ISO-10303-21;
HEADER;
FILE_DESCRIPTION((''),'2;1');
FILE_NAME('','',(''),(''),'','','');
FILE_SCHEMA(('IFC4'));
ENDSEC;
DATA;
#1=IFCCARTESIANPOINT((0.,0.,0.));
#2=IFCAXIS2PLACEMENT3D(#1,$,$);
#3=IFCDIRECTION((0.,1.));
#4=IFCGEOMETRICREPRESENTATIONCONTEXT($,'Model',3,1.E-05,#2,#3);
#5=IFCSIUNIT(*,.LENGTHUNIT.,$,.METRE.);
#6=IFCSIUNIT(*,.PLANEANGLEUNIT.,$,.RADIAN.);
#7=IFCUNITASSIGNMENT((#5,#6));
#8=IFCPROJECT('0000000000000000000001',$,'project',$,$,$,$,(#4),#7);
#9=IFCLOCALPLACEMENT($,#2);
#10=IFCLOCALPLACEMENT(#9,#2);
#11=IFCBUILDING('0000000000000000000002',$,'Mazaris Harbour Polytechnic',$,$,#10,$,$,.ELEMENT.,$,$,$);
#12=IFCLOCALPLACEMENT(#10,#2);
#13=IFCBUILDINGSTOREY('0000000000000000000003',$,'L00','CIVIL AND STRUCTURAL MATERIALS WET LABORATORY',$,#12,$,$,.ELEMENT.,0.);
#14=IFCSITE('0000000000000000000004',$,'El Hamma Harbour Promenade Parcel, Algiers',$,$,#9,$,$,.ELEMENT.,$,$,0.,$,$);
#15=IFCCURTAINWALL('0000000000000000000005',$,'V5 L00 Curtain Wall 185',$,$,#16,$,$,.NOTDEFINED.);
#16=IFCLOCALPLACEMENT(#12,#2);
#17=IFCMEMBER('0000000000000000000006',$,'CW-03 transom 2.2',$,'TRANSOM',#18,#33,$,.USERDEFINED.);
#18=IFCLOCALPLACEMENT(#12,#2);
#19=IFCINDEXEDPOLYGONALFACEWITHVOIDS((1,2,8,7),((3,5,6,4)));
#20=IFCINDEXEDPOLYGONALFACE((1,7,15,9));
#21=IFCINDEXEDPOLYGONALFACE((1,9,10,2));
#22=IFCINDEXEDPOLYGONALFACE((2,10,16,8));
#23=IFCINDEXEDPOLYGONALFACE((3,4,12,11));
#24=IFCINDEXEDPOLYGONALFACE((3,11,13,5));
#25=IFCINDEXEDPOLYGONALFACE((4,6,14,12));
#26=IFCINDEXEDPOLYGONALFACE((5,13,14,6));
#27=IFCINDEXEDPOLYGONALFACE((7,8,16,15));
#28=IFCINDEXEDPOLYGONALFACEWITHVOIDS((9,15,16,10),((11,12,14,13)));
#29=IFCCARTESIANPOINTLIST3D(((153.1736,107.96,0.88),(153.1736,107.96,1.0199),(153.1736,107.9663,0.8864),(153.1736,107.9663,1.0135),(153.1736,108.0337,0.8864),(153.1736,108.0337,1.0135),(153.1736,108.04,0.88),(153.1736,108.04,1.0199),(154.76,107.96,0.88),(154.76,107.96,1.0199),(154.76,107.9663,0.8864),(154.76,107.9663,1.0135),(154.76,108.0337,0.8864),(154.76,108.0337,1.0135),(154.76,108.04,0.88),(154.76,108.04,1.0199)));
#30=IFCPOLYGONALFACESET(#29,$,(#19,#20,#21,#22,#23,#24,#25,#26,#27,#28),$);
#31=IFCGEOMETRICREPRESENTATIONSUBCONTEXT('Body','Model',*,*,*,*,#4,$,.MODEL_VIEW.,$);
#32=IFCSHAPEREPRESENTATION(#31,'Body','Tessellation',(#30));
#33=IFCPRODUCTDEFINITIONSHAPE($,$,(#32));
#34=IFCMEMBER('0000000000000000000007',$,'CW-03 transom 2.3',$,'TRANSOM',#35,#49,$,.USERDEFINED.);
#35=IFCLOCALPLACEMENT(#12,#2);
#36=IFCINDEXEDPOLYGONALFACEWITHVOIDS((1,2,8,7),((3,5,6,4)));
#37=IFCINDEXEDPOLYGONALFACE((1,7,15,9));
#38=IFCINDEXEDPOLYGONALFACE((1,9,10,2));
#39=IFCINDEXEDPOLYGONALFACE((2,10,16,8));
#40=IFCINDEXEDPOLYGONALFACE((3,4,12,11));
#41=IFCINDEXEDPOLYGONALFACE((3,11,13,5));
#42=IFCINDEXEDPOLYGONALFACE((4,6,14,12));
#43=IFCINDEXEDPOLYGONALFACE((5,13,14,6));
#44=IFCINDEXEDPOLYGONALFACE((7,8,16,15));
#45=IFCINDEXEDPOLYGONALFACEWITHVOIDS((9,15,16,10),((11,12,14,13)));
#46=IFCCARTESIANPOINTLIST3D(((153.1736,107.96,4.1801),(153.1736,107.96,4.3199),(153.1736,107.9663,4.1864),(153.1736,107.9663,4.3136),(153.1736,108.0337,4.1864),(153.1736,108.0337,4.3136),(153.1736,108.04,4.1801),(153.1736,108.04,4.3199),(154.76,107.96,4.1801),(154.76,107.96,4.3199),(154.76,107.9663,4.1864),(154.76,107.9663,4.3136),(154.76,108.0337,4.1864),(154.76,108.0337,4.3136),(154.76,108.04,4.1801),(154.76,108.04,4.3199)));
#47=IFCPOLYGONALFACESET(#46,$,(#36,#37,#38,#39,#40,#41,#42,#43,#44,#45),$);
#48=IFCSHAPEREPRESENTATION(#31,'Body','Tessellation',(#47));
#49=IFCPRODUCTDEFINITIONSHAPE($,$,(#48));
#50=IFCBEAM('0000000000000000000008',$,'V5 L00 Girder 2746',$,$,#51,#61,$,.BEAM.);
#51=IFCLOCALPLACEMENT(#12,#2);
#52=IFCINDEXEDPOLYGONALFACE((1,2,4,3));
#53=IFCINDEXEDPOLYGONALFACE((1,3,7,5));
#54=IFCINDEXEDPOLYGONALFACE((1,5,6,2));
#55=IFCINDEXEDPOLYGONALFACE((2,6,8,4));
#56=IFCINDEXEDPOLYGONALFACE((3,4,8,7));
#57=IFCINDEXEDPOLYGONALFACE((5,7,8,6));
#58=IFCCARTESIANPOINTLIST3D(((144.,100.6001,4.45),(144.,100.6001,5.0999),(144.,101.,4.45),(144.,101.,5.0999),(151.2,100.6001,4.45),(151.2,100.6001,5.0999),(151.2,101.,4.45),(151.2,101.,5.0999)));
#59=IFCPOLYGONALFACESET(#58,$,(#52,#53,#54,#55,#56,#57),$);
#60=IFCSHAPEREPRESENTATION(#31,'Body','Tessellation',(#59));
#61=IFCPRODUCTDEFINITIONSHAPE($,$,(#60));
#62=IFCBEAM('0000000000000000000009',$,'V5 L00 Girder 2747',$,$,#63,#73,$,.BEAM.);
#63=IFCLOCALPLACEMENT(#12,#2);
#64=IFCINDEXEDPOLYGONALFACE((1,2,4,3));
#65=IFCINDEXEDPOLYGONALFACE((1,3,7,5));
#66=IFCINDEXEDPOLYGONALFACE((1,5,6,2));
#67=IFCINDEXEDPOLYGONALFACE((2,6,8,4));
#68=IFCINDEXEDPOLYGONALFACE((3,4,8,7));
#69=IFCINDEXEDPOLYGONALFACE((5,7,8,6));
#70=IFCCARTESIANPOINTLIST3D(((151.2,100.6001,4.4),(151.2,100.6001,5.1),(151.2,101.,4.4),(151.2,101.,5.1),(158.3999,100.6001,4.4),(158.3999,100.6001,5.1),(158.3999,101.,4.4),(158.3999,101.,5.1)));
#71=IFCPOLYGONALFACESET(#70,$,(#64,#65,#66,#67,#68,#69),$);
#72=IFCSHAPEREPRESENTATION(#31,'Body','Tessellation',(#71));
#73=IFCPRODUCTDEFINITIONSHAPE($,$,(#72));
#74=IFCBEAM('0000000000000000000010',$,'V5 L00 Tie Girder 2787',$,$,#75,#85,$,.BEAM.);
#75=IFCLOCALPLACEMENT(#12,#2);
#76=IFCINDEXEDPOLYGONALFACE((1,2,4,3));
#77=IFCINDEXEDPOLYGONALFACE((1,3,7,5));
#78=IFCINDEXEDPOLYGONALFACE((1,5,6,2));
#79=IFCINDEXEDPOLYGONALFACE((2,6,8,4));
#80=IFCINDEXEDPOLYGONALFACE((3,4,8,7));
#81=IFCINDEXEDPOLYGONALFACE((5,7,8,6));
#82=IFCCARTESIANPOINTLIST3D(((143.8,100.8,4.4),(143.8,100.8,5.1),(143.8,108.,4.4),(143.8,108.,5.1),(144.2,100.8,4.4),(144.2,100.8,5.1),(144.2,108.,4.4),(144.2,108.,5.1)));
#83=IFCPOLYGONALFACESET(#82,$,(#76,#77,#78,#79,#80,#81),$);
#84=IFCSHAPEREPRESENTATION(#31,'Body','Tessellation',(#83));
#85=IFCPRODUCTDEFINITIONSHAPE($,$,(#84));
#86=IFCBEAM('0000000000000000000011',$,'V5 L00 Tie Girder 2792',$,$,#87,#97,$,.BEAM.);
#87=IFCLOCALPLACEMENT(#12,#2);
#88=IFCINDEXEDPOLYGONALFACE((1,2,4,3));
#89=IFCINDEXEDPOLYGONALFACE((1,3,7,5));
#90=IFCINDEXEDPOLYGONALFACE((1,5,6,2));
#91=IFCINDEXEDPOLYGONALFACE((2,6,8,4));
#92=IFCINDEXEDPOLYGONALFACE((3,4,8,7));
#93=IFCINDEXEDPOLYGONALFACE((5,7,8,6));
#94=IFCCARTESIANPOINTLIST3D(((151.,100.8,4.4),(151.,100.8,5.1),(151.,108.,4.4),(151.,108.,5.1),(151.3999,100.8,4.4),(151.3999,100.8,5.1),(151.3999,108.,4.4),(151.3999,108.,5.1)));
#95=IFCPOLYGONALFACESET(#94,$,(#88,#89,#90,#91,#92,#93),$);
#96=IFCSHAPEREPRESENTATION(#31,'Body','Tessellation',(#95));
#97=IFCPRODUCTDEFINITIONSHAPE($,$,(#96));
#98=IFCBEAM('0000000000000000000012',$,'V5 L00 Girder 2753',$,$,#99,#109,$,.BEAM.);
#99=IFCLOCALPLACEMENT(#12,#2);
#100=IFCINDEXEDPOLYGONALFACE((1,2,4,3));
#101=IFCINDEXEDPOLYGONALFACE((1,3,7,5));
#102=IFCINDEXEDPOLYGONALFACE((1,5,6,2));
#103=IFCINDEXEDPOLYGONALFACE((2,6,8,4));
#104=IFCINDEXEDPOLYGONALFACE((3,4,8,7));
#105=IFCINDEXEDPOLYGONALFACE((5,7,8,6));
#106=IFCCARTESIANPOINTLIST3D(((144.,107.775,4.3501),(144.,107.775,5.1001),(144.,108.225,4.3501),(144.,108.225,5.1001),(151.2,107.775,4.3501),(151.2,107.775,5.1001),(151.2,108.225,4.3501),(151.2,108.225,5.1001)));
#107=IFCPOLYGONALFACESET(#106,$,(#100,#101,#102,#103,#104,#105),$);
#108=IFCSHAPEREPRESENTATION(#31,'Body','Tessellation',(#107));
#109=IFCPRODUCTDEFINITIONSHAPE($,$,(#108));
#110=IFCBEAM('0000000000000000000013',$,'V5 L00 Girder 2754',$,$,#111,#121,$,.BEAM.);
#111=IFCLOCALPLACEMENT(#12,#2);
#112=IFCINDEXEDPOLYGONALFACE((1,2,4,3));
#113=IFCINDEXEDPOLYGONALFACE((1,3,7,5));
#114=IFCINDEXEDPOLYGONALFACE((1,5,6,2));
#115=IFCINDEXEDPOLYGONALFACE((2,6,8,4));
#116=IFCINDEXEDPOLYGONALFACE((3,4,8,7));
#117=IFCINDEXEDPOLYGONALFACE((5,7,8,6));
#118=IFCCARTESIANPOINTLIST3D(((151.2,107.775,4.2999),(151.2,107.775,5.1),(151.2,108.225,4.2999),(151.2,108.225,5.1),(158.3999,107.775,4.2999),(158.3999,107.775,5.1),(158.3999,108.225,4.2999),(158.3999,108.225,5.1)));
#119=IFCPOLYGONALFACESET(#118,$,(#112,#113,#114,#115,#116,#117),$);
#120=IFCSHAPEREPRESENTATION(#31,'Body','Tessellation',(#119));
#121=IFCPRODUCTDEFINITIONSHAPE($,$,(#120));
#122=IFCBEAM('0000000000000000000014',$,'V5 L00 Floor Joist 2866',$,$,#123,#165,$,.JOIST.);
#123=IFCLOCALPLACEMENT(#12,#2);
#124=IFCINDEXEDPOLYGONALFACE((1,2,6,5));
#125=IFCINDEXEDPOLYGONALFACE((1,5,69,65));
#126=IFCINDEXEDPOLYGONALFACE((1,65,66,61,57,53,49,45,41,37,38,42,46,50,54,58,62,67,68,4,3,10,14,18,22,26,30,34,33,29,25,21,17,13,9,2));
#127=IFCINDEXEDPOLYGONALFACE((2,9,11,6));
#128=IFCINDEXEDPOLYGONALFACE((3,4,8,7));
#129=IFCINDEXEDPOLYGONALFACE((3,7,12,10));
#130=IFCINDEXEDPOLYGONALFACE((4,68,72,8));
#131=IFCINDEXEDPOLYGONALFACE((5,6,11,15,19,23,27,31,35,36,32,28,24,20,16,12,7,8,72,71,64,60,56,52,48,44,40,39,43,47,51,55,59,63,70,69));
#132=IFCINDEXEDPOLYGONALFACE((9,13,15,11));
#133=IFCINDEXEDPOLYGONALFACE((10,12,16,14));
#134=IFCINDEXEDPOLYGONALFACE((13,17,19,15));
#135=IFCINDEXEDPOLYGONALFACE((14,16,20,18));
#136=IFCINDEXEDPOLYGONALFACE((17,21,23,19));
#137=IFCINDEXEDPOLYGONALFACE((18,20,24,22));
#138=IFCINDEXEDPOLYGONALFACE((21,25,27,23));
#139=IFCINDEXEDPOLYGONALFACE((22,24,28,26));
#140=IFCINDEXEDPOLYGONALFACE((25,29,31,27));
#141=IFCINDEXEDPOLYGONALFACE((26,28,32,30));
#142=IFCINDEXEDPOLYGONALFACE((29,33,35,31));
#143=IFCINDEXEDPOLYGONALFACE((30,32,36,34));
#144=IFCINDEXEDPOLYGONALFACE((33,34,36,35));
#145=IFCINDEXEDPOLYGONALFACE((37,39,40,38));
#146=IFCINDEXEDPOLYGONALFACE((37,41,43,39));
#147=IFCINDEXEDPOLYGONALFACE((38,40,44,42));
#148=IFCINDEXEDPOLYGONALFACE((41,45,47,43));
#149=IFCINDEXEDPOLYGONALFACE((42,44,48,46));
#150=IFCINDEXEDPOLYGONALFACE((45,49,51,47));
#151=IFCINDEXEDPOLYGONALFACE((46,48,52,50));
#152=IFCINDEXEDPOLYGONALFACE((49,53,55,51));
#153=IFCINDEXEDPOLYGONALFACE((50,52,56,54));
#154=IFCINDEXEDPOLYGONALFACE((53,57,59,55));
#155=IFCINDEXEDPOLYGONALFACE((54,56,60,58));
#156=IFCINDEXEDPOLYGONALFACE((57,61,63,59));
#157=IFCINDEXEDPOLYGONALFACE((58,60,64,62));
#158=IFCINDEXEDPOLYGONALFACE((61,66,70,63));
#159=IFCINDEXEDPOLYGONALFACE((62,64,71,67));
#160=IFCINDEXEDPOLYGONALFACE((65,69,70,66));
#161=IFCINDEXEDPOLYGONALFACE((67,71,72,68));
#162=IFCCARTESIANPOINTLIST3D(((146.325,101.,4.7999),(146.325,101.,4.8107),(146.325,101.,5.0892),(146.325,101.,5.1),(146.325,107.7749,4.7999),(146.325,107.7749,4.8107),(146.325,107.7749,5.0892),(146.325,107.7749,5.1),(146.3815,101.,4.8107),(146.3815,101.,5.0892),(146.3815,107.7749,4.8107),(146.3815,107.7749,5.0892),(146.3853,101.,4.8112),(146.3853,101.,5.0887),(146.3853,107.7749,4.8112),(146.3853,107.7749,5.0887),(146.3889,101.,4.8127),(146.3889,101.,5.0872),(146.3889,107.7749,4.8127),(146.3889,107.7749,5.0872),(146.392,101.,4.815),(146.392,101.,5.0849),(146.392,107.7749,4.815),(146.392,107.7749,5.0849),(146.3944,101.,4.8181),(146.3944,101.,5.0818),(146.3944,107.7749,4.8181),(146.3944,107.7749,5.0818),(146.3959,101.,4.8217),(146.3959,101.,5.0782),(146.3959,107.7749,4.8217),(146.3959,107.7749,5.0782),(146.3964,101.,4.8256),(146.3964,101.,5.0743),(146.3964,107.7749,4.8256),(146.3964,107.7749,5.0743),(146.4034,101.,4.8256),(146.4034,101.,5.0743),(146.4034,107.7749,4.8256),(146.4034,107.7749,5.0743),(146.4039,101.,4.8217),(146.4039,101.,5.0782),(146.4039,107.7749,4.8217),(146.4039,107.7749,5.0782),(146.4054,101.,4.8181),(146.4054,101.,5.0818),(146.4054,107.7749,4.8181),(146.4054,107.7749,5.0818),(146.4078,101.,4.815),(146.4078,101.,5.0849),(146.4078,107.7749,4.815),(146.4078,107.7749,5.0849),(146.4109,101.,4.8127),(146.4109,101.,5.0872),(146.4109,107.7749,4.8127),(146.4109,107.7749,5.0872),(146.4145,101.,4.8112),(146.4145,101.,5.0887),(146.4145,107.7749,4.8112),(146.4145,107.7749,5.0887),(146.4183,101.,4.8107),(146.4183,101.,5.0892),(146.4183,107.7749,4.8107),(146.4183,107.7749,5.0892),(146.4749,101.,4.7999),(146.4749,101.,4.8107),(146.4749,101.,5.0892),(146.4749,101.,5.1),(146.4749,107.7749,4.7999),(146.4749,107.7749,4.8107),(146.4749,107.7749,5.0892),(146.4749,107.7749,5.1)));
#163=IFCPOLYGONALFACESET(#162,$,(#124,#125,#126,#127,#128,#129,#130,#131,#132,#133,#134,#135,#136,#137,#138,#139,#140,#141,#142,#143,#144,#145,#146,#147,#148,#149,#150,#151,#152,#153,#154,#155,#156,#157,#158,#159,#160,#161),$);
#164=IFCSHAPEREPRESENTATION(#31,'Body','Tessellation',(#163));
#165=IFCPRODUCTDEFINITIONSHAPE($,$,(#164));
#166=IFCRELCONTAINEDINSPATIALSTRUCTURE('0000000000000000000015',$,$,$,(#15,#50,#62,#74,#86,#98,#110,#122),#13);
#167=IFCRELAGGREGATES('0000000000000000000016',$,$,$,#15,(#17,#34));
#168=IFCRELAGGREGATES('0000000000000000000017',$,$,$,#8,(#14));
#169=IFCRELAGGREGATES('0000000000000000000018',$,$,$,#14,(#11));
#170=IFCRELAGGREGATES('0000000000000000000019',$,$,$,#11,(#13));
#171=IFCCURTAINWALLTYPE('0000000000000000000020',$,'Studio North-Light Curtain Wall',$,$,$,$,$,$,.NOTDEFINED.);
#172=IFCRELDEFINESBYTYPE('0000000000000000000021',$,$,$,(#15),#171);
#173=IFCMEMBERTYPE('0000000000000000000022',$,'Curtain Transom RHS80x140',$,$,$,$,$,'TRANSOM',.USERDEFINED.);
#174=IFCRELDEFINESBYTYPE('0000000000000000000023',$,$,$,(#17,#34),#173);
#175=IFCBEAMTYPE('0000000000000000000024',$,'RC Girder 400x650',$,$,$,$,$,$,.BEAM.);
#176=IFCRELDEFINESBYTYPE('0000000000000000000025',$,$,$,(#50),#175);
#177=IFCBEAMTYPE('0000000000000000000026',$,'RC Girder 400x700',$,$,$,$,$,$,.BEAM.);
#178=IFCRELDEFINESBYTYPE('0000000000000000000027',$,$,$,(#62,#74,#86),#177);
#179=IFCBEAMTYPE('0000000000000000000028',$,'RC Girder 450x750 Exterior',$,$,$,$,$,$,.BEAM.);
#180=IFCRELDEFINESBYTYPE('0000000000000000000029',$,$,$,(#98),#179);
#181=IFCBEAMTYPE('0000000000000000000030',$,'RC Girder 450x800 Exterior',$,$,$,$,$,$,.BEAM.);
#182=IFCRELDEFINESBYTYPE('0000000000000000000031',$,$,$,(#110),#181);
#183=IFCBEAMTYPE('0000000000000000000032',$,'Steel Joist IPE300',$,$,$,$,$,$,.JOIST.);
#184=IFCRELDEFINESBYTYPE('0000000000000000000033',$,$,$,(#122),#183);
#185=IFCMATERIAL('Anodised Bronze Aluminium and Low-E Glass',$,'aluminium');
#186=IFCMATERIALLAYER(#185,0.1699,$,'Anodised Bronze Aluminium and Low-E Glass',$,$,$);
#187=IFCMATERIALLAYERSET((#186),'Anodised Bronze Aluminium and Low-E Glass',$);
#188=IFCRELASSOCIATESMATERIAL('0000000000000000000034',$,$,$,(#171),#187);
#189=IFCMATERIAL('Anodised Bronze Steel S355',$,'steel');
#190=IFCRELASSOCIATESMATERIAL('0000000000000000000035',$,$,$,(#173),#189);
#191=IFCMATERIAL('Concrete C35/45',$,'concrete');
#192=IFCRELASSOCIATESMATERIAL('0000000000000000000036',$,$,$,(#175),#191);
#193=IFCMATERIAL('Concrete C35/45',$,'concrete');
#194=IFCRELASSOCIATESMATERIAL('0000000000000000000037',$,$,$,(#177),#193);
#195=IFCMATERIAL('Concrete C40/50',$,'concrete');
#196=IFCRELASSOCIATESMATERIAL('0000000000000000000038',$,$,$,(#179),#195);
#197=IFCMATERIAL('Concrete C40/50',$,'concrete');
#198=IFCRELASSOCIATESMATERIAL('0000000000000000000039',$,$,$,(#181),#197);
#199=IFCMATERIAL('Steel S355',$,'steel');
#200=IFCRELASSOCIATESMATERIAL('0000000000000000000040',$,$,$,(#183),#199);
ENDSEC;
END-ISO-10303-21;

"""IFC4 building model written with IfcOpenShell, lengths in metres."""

from ifc_helpers import new_model, si_unit, direction, frame, origin, origin_2d, place, context, subcontext, project, spatial, rectangle, hollow_rectangle, i_section, extrude, material, layer, layer_set, material_profile, profile_set, type_object, element, aggregate, save


model = new_model("IFC4")

# Units and contexts
model_context = context("Model", 3, precision=1e-05, world=origin(), true_north=direction((0.0, 1.0)))
body_context = subcontext(model_context, "Body", "Model", "MODEL_VIEW")
ifc_project = project(units=[si_unit("LENGTHUNIT", "METRE"), si_unit("PLANEANGLEUNIT", "RADIAN")], contexts=[model_context])

# Site, building, storey
site_placement = place(None, origin())
site = spatial("IfcSite", under=ifc_project, at=site_placement, Name="El Hamma Harbour Promenade Parcel, Algiers", CompositionType="ELEMENT", RefElevation=0.0)
building_placement = place(site_placement, origin())
building = spatial("IfcBuilding", under=site, at=building_placement, Name="Mazaris Harbour Polytechnic", CompositionType="ELEMENT")
storey_placement = place(building_placement, origin())
storey = spatial("IfcBuildingStorey", under=building, at=storey_placement, Name="L00", Description="CIVIL AND STRUCTURAL MATERIALS WET LABORATORY", CompositionType="ELEMENT", Elevation=0.0)

# Shared definitions
ifc_material_1 = material(Name="Anodised Bronze Aluminium and Low-E Glass", Category="aluminium")
ifc_layer_1 = layer(ifc_material_1, 0.1699, Name="Anodised Bronze Aluminium and Low-E Glass")
ifc_layer_set_1 = layer_set([ifc_layer_1], Name="Anodised Bronze Aluminium and Low-E Glass")
curtain_wall_type = type_object("IfcCurtainWallType", Name="Studio North-Light Curtain Wall", PredefinedType="NOTDEFINED", material=ifc_layer_set_1)

# Curtain wall, members
curtain_wall_1_placement = place(storey_placement, origin())
curtain_wall_1 = element("IfcCurtainWall", 1, at=curtain_wall_1_placement, inside=storey, type_object=curtain_wall_type, Name="V5 L00 Curtain Wall 185", PredefinedType="NOTDEFINED")
ifc_material_2 = material(Name="Anodised Bronze Steel S355", Category="steel")
ifc_material_profile_1 = material_profile(ifc_material_2, hollow_rectangle(XDim=0.0801, YDim=0.1399, WallThickness=0.0063, at=origin_2d()), Name="RHS 80x140x6.3")
ifc_profile_set_1 = profile_set([ifc_material_profile_1], Name="Anodised Bronze Steel S355")
member_type_1 = type_object("IfcMemberType", Name="Curtain Transom RHS80x140", ElementType="TRANSOM", PredefinedType="USERDEFINED", material=ifc_profile_set_1)
member_1_placement = place(storey_placement, frame((153.1736, 108.0, 0.95), z_axis=(1.0, 0.0, 0.0), x_axis=(0.0, 1.0, 0.0)))
member_1 = element("IfcMember", 2, at=member_1_placement, type_object=member_type_1, Name="CW-03 transom 2.2", ObjectType="TRANSOM", PredefinedType="USERDEFINED", context=body_context, shape_type="SweptSolid", body=[
    extrude(hollow_rectangle(XDim=0.0801, YDim=0.1399, WallThickness=0.0063, at=origin_2d()), origin(), (0.0, 0.0, 1.0), 1.5864),
])
member_2_placement = place(storey_placement, frame((153.1736, 108.0, 4.25), z_axis=(1.0, 0.0, 0.0), x_axis=(0.0, 1.0, 0.0)))
member_2 = element("IfcMember", 3, at=member_2_placement, type_object=member_type_1, Name="CW-03 transom 2.3", ObjectType="TRANSOM", PredefinedType="USERDEFINED", context=body_context, shape_type="SweptSolid", body=[
    extrude(hollow_rectangle(XDim=0.0801, YDim=0.1399, WallThickness=0.0063, at=origin_2d()), origin(), (0.0, 0.0, 1.0), 1.5864),
])

# Beams
ifc_material_3 = material(Name="Concrete C35/45", Category="concrete")
ifc_material_profile_2 = material_profile(ifc_material_3, rectangle(XDim=0.3999, YDim=0.6499, at=origin_2d()), Name="RECT400x650")
ifc_profile_set_2 = profile_set([ifc_material_profile_2], Name="Concrete C35/45")
beam_type_1 = type_object("IfcBeamType", Name="RC Girder 400x650", PredefinedType="BEAM", material=ifc_profile_set_2)
beam_1_placement = place(storey_placement, frame((144.0, 100.8, 4.7749), z_axis=(1.0, 0.0, 0.0), x_axis=(0.0, 1.0, 0.0)))
element("IfcBeam", 4, at=beam_1_placement, inside=storey, type_object=beam_type_1, Name="V5 L00 Girder 2746", PredefinedType="BEAM", context=body_context, shape_type="SweptSolid", body=[
    extrude(rectangle(XDim=0.3999, YDim=0.6499, at=origin_2d()), origin(), (0.0, 0.0, 1.0), 7.2),
])
ifc_material_4 = material(Name="Concrete C35/45", Category="concrete")
ifc_material_profile_3 = material_profile(ifc_material_4, rectangle(XDim=0.3999, YDim=0.7, at=origin_2d()), Name="RECT400x700")
ifc_profile_set_3 = profile_set([ifc_material_profile_3], Name="Concrete C35/45")
beam_type_2 = type_object("IfcBeamType", Name="RC Girder 400x700", PredefinedType="BEAM", material=ifc_profile_set_3)
for number, where, z_axis, x_axis, name in (
    (5, (151.2, 100.8, 4.75), (1.0, 0.0, 0.0), (0.0, 1.0, 0.0), "V5 L00 Girder 2747"),
    (6, (144.0, 100.8, 4.75), (0.0, 1.0, 0.0), (-1.0, 0.0, 0.0), "V5 L00 Tie Girder 2787"),
    (7, (151.2, 100.8, 4.75), (0.0, 1.0, 0.0), (-1.0, 0.0, 0.0), "V5 L00 Tie Girder 2792"),
):
    element("IfcBeam", number, at=place(storey_placement, frame(where, z_axis=z_axis, x_axis=x_axis)), inside=storey, type_object=beam_type_2, Name=name, PredefinedType="BEAM", context=body_context, shape_type="SweptSolid", body=[
        extrude(rectangle(XDim=0.3999, YDim=0.7, at=origin_2d()), origin(), (0.0, 0.0, 1.0), 7.2),
    ])
ifc_material_5 = material(Name="Concrete C40/50", Category="concrete")
ifc_material_profile_4 = material_profile(ifc_material_5, rectangle(XDim=0.45, YDim=0.75, at=origin_2d()), Name="RECT450x750")
ifc_profile_set_4 = profile_set([ifc_material_profile_4], Name="Concrete C40/50")
beam_type_3 = type_object("IfcBeamType", Name="RC Girder 450x750 Exterior", PredefinedType="BEAM", material=ifc_profile_set_4)
beam_2_placement = place(storey_placement, frame((144.0, 108.0, 4.7251), z_axis=(1.0, 0.0, 0.0), x_axis=(0.0, 1.0, 0.0)))
element("IfcBeam", 8, at=beam_2_placement, inside=storey, type_object=beam_type_3, Name="V5 L00 Girder 2753", PredefinedType="BEAM", context=body_context, shape_type="SweptSolid", body=[
    extrude(rectangle(XDim=0.45, YDim=0.75, at=origin_2d()), origin(), (0.0, 0.0, 1.0), 7.2),
])
ifc_material_6 = material(Name="Concrete C40/50", Category="concrete")
ifc_material_profile_5 = material_profile(ifc_material_6, rectangle(XDim=0.45, YDim=0.8, at=origin_2d()), Name="RECT450x800")
ifc_profile_set_5 = profile_set([ifc_material_profile_5], Name="Concrete C40/50")
beam_type_4 = type_object("IfcBeamType", Name="RC Girder 450x800 Exterior", PredefinedType="BEAM", material=ifc_profile_set_5)
beam_3_placement = place(storey_placement, frame((151.2, 108.0, 4.7), z_axis=(1.0, 0.0, 0.0), x_axis=(0.0, 1.0, 0.0)))
element("IfcBeam", 9, at=beam_3_placement, inside=storey, type_object=beam_type_4, Name="V5 L00 Girder 2754", PredefinedType="BEAM", context=body_context, shape_type="SweptSolid", body=[
    extrude(rectangle(XDim=0.45, YDim=0.8, at=origin_2d()), origin(), (0.0, 0.0, 1.0), 7.2),
])
ifc_material_7 = material(Name="Steel S355", Category="steel")
ifc_material_profile_6 = material_profile(ifc_material_7, i_section(OverallWidth=0.1499, OverallDepth=0.3, WebThickness=0.0071, FlangeThickness=0.0107, FilletRadius=0.0149, at=origin_2d()), Name="IPE 300")
ifc_profile_set_6 = profile_set([ifc_material_profile_6], Name="Steel S355")
beam_type_5 = type_object("IfcBeamType", Name="Steel Joist IPE300", PredefinedType="JOIST", material=ifc_profile_set_6)
beam_4_placement = place(storey_placement, frame((146.3999, 101.0, 4.95), z_axis=(0.0, 1.0, 0.0), x_axis=(-1.0, 0.0, 0.0)))
element("IfcBeam", 10, at=beam_4_placement, inside=storey, type_object=beam_type_5, Name="V5 L00 Floor Joist 2866", PredefinedType="JOIST", context=body_context, shape_type="SweptSolid", body=[
    extrude(i_section(OverallWidth=0.1499, OverallDepth=0.3, WebThickness=0.0071, FlangeThickness=0.0107, FilletRadius=0.0149, at=origin_2d()), origin(), (0.0, 0.0, 1.0), 6.7749),
])

aggregate(curtain_wall_1, [member_1, member_2])

save(model, "model.ifc")
